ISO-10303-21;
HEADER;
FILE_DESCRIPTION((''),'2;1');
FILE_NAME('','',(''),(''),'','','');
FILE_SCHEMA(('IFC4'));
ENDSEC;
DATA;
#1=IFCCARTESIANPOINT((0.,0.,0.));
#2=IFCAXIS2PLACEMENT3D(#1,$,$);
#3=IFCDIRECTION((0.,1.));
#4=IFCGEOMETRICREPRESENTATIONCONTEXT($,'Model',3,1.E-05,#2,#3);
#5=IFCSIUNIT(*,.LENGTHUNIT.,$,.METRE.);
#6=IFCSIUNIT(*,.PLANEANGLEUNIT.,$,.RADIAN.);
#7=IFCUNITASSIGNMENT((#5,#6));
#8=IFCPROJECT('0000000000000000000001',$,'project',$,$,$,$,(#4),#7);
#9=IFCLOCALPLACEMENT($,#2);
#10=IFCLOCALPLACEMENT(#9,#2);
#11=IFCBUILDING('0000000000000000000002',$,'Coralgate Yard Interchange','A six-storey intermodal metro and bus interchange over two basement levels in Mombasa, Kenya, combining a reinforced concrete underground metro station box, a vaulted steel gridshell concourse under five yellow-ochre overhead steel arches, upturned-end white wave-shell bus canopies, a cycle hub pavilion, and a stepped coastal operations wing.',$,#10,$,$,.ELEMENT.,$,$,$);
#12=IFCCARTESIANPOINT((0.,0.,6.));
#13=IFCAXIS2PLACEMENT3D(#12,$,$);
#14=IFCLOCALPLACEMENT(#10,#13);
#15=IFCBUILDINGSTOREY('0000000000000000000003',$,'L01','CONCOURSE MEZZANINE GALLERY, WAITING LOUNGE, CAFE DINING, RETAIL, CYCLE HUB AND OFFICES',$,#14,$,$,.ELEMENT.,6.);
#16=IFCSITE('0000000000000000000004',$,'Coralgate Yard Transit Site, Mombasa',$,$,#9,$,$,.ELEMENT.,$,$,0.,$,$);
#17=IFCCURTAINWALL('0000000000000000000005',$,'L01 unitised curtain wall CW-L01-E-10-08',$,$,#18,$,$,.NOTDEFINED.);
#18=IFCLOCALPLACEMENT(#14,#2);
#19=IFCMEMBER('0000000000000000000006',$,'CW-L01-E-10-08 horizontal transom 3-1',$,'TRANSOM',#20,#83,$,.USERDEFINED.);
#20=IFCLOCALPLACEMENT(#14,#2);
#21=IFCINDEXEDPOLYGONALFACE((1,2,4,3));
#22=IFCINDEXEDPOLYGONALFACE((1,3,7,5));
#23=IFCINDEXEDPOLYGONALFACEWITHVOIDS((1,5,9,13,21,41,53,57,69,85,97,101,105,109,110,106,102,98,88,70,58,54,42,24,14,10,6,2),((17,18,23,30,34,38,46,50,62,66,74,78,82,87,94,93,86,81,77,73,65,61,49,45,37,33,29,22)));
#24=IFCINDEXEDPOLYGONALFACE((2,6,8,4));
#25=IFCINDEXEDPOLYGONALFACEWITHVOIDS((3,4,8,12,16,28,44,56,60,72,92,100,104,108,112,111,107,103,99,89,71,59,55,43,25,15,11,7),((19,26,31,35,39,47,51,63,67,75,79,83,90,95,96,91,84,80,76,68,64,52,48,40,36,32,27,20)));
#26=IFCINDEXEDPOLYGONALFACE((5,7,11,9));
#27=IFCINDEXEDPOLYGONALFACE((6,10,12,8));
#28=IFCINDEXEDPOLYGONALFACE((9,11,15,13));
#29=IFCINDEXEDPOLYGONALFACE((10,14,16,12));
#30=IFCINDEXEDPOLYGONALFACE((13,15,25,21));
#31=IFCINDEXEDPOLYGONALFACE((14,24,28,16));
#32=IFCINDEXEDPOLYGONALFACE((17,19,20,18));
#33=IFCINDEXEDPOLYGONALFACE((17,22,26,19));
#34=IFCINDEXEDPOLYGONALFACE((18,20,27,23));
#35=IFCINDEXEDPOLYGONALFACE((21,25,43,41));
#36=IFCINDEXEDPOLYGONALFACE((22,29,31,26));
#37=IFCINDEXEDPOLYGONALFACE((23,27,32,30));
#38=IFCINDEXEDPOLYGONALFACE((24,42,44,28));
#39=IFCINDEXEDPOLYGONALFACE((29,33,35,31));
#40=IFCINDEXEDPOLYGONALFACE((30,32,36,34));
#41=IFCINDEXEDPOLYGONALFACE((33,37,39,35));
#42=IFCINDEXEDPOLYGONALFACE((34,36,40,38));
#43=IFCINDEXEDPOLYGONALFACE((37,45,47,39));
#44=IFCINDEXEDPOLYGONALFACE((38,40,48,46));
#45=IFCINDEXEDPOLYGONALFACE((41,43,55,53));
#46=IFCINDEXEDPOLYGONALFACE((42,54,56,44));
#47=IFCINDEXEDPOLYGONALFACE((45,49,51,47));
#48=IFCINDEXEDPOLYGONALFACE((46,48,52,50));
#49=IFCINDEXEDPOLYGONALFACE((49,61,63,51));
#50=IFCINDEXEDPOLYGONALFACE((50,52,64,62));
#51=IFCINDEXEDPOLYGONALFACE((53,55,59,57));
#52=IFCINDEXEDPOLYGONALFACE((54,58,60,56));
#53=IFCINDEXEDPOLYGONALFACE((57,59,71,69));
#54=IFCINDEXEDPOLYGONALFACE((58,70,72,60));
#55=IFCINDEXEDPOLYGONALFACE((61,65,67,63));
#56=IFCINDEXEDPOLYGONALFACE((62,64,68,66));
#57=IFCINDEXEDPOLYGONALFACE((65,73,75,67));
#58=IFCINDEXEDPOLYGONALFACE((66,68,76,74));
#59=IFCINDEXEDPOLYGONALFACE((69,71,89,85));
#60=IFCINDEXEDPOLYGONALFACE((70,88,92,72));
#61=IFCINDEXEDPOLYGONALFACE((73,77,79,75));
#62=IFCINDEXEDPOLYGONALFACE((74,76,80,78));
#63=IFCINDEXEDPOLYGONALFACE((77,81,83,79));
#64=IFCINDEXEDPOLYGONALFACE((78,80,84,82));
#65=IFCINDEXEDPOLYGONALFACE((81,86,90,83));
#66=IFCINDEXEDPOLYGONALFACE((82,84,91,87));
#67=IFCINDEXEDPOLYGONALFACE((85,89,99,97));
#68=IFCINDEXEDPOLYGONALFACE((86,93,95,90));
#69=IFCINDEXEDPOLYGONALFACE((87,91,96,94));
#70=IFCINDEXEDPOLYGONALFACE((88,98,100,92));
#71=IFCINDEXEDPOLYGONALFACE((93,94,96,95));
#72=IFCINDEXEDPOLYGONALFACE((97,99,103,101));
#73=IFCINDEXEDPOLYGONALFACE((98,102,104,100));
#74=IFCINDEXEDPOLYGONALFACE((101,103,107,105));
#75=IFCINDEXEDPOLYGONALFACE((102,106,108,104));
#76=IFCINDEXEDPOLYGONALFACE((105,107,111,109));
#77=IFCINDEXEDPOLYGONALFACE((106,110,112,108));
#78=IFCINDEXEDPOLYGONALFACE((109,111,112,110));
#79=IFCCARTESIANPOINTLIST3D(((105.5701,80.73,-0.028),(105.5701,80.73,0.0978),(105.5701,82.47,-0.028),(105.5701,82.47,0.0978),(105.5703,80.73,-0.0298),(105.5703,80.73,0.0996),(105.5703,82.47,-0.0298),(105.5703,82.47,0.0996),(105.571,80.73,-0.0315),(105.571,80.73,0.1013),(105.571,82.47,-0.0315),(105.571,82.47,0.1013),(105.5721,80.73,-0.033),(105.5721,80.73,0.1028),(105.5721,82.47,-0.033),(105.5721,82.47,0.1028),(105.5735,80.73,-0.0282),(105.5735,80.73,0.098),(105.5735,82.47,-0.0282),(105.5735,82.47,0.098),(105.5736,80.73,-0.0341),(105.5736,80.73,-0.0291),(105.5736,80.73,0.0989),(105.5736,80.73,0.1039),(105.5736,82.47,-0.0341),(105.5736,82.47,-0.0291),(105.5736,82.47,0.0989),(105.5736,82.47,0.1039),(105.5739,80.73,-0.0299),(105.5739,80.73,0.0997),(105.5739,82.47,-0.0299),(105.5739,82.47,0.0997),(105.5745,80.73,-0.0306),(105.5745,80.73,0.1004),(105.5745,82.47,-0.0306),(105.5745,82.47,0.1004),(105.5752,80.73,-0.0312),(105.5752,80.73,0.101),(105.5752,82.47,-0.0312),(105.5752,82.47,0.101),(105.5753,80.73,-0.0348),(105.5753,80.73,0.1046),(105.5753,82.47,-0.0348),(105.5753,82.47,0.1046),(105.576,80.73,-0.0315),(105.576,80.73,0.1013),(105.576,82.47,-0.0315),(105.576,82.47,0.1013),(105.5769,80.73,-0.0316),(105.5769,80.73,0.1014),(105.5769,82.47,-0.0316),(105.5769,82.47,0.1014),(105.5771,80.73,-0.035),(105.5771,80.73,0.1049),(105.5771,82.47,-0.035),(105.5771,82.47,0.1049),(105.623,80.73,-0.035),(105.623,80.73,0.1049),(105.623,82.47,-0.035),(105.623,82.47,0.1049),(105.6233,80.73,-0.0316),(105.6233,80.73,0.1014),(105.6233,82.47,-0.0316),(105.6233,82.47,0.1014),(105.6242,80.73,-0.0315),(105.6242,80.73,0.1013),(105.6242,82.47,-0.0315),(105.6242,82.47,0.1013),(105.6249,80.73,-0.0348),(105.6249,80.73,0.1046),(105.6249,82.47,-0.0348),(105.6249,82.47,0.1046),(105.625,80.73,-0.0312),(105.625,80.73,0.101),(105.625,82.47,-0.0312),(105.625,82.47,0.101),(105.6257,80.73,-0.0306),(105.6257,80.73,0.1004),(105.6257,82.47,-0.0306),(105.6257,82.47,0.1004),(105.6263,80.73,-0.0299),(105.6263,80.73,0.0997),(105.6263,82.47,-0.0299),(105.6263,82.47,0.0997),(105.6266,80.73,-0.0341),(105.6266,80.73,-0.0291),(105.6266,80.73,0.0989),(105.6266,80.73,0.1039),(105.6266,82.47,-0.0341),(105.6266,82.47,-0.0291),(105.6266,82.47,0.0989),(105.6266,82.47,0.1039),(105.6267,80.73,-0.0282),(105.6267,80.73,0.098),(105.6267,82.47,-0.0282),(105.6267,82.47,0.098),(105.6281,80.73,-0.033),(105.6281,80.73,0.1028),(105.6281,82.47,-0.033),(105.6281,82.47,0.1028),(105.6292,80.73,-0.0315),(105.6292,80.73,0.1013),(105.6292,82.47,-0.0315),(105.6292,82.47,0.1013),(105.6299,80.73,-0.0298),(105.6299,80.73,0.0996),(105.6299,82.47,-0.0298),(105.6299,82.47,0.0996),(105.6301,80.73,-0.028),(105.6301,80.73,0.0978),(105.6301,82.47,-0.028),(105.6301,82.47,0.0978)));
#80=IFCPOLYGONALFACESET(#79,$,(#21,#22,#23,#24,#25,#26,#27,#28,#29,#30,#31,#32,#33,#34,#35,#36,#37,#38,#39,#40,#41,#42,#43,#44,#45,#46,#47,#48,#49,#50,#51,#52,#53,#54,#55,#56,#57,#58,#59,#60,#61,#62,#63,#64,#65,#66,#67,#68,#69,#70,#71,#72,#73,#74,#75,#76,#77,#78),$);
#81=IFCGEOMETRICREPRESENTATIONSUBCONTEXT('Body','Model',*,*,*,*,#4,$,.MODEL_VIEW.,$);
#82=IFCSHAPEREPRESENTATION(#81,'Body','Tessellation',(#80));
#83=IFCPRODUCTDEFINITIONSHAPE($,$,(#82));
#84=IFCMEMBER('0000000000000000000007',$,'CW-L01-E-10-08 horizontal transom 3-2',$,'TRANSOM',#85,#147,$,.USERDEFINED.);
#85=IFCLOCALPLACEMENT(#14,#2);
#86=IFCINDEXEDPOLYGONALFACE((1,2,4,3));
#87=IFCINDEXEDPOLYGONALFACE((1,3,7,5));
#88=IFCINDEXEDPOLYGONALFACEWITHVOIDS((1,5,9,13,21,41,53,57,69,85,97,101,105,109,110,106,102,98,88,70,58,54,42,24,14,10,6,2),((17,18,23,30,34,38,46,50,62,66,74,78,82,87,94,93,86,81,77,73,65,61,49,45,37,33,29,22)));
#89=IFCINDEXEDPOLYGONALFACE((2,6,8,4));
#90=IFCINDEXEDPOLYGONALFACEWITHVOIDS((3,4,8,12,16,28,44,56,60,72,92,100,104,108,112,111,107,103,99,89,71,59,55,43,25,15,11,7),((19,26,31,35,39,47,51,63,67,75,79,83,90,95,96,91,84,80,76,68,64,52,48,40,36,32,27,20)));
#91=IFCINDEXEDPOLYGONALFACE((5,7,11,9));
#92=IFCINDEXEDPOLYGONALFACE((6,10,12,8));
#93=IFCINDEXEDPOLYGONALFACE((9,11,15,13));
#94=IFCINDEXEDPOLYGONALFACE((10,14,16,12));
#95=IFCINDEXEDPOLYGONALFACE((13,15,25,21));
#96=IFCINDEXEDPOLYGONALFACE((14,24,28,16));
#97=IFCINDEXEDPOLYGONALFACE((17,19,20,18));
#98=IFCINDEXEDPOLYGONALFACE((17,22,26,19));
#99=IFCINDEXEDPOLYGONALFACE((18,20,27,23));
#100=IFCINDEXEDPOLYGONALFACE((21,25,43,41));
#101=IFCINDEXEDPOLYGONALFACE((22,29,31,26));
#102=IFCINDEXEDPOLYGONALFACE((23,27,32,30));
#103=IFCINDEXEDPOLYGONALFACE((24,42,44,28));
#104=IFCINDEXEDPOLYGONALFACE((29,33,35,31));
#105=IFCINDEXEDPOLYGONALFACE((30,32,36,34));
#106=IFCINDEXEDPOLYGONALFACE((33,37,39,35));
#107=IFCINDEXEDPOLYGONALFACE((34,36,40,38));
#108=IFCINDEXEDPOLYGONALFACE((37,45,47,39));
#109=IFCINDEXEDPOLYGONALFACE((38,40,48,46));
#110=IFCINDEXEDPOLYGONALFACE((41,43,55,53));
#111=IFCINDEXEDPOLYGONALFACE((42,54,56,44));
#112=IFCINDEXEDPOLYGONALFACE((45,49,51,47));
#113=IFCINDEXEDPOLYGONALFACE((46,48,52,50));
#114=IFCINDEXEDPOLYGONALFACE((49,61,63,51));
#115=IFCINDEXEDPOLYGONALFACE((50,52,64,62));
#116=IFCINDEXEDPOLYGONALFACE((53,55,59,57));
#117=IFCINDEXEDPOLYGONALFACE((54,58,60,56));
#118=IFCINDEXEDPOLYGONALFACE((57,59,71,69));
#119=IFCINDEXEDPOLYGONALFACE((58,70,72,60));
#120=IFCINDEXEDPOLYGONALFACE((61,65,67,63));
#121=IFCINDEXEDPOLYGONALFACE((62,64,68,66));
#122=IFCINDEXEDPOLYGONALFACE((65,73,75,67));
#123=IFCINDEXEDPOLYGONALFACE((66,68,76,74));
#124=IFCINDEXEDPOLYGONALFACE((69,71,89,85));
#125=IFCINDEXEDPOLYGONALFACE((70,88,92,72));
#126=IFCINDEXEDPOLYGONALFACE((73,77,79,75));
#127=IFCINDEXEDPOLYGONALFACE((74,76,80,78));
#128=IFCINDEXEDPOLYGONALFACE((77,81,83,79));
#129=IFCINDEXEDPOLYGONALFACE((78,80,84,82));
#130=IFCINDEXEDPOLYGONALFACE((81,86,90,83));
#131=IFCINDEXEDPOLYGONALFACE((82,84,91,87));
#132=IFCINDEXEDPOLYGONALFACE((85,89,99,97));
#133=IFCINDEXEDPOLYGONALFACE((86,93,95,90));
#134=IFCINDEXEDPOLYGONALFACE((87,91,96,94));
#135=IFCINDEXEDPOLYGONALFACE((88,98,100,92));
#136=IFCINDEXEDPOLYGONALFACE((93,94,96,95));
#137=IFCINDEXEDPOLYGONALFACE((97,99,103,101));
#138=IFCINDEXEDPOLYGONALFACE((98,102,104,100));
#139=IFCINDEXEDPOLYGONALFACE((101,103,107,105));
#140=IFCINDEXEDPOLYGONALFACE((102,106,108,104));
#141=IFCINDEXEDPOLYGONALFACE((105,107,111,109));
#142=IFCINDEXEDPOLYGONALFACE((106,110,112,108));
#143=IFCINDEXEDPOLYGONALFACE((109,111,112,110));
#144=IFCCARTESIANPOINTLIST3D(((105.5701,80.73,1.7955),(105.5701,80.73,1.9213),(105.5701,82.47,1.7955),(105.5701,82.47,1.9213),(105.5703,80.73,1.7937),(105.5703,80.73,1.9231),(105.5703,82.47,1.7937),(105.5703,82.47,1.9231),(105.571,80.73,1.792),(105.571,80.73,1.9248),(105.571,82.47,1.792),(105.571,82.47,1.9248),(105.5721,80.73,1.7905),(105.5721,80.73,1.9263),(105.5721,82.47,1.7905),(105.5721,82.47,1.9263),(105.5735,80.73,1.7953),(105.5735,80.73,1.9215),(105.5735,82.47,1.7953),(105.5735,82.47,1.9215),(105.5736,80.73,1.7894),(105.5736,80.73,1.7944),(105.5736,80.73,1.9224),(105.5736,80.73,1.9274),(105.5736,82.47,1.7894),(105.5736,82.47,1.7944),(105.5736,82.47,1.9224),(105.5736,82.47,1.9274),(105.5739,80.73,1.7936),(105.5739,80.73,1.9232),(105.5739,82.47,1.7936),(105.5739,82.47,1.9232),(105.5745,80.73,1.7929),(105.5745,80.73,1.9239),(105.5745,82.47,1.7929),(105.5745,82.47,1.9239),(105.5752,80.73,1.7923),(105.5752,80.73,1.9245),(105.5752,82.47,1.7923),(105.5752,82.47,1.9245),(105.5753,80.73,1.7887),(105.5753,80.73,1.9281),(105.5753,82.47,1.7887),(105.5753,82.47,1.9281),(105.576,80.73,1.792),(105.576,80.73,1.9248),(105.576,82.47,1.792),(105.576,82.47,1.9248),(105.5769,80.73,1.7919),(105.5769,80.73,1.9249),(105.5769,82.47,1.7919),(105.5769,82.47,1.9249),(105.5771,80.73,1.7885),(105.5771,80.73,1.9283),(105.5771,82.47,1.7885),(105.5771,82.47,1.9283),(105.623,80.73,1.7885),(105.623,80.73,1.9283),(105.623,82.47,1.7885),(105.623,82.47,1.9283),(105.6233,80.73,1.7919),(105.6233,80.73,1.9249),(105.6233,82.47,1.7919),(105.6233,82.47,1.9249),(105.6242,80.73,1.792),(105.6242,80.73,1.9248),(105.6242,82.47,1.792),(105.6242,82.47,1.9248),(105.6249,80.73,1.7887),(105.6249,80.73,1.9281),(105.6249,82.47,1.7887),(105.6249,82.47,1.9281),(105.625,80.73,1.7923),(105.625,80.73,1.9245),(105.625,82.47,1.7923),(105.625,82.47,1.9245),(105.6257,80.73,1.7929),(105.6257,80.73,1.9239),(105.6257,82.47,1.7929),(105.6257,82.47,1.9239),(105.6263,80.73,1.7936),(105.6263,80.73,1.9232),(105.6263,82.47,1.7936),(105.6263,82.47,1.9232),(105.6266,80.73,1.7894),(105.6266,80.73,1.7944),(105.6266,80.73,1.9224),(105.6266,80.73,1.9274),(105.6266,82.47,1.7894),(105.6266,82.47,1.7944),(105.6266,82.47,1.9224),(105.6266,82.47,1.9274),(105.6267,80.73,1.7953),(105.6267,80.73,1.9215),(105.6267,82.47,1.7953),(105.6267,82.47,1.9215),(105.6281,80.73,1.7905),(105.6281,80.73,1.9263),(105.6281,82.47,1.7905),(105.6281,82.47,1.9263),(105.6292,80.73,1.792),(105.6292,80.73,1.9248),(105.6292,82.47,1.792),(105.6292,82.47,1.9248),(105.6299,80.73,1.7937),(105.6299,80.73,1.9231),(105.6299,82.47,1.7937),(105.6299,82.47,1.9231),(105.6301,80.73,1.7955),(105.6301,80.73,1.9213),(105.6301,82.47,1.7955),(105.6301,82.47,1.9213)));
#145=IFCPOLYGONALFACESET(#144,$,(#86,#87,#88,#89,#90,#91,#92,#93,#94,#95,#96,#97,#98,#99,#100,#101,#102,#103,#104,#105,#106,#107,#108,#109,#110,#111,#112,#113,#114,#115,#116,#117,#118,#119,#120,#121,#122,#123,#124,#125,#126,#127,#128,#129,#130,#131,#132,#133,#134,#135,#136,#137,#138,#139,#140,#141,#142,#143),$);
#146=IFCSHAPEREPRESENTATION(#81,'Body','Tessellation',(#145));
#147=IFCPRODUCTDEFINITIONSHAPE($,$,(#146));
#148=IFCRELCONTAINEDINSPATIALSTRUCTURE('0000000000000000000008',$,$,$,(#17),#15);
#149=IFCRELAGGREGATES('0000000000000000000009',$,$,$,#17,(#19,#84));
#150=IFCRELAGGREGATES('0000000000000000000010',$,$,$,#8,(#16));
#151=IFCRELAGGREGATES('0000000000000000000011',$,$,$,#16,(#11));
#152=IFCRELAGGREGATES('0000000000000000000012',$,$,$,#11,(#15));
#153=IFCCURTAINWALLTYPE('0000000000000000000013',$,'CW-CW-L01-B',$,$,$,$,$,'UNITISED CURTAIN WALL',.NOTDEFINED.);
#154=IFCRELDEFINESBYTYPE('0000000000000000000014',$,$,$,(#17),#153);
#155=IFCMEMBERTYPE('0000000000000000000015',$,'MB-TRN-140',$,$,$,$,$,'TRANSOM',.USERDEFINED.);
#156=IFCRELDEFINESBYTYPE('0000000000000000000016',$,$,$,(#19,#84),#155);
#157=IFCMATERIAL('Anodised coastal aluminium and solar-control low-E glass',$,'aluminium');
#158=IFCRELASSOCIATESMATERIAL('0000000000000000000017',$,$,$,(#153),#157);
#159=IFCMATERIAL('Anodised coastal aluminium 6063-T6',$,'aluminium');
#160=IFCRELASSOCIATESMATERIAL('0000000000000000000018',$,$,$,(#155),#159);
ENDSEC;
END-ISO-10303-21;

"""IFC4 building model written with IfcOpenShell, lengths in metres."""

from ifc_helpers import new_model, si_unit, direction, frame, origin, origin_2d, place, context, subcontext, project, spatial, hollow_rectangle, extrude, material, material_profile, profile_set, type_object, element, aggregate, save


model = new_model("IFC4")

# Units and contexts
model_context = context("Model", 3, precision=1e-05, world=origin(), true_north=direction((0.0, 1.0)))
body_context = subcontext(model_context, "Body", "Model", "MODEL_VIEW")
ifc_project = project(units=[si_unit("LENGTHUNIT", "METRE"), si_unit("PLANEANGLEUNIT", "RADIAN")], contexts=[model_context])

# Site, building, storey
site_placement = place(None, origin())
site = spatial("IfcSite", under=ifc_project, at=site_placement, Name="Coralgate Yard Transit Site, Mombasa", CompositionType="ELEMENT", RefElevation=0.0)
building_placement = place(site_placement, origin())
building = spatial("IfcBuilding", under=site, at=building_placement, Name="Coralgate Yard Interchange", Description="A six-storey intermodal metro and bus interchange over two basement levels in Mombasa, Kenya, combining a reinforced concrete underground metro station box, a vaulted steel gridshell concourse under five yellow-ochre overhead steel arches, upturned-end white wave-shell bus canopies, a cycle hub pavilion, and a stepped coastal operations wing.", CompositionType="ELEMENT")
storey_placement = place(building_placement, frame((0.0, 0.0, 6.0)))
storey = spatial("IfcBuildingStorey", under=building, at=storey_placement, Name="L01", Description="CONCOURSE MEZZANINE GALLERY, WAITING LOUNGE, CAFE DINING, RETAIL, CYCLE HUB AND OFFICES", CompositionType="ELEMENT", Elevation=6.0)

# Curtain wall, members
ifc_material_1 = material(Name="Anodised coastal aluminium and solar-control low-E glass", Category="aluminium")
curtain_wall_type = type_object("IfcCurtainWallType", Name="CW-CW-L01-B", ElementType="UNITISED CURTAIN WALL", PredefinedType="NOTDEFINED", material=ifc_material_1)
curtain_wall_placement = place(storey_placement, origin())
curtain_wall = element("IfcCurtainWall", 1, at=curtain_wall_placement, inside=storey, type_object=curtain_wall_type, Name="L01 unitised curtain wall CW-L01-E-10-08", PredefinedType="NOTDEFINED")
ifc_material_2 = material(Name="Anodised coastal aluminium 6063-T6", Category="aluminium")
ifc_material_profile_1 = material_profile(ifc_material_2, hollow_rectangle(XDim=0.0601, YDim=0.1399, WallThickness=0.0034, InnerFilletRadius=0.0034, OuterFilletRadius=0.0071, at=origin_2d()), Name="ALU 60x140x3.5")
ifc_profile_set_1 = profile_set([ifc_material_profile_1], Name="Anodised coastal aluminium 6063-T6")
member_type_1 = type_object("IfcMemberType", Name="MB-TRN-140", ElementType="TRANSOM", PredefinedType="USERDEFINED", material=ifc_profile_set_1)
member_1_placement = place(storey_placement, frame((105.6001, 82.47, 0.0349), z_axis=(0.0, -1.0, 0.0), x_axis=(1.0, 0.0, 0.0)))
member_1 = element("IfcMember", 2, at=member_1_placement, type_object=member_type_1, Name="CW-L01-E-10-08 horizontal transom 3-1", ObjectType="TRANSOM", PredefinedType="USERDEFINED", context=body_context, shape_type="SweptSolid", body=[
    extrude(hollow_rectangle(XDim=0.0601, YDim=0.1399, WallThickness=0.0034, InnerFilletRadius=0.0034, OuterFilletRadius=0.0071, at=origin_2d()), origin(), (0.0, 0.0, 1.0), 1.74),
])
member_2_placement = place(storey_placement, frame((105.6001, 82.47, 1.8584), z_axis=(0.0, -1.0, 0.0), x_axis=(1.0, 0.0, 0.0)))
member_2 = element("IfcMember", 3, at=member_2_placement, type_object=member_type_1, Name="CW-L01-E-10-08 horizontal transom 3-2", ObjectType="TRANSOM", PredefinedType="USERDEFINED", context=body_context, shape_type="SweptSolid", body=[
    extrude(hollow_rectangle(XDim=0.0601, YDim=0.1399, WallThickness=0.0034, InnerFilletRadius=0.0034, OuterFilletRadius=0.0071, at=origin_2d()), origin(), (0.0, 0.0, 1.0), 1.74),
])
aggregate(curtain_wall, [member_1, member_2])

save(model, "model.ifc")
